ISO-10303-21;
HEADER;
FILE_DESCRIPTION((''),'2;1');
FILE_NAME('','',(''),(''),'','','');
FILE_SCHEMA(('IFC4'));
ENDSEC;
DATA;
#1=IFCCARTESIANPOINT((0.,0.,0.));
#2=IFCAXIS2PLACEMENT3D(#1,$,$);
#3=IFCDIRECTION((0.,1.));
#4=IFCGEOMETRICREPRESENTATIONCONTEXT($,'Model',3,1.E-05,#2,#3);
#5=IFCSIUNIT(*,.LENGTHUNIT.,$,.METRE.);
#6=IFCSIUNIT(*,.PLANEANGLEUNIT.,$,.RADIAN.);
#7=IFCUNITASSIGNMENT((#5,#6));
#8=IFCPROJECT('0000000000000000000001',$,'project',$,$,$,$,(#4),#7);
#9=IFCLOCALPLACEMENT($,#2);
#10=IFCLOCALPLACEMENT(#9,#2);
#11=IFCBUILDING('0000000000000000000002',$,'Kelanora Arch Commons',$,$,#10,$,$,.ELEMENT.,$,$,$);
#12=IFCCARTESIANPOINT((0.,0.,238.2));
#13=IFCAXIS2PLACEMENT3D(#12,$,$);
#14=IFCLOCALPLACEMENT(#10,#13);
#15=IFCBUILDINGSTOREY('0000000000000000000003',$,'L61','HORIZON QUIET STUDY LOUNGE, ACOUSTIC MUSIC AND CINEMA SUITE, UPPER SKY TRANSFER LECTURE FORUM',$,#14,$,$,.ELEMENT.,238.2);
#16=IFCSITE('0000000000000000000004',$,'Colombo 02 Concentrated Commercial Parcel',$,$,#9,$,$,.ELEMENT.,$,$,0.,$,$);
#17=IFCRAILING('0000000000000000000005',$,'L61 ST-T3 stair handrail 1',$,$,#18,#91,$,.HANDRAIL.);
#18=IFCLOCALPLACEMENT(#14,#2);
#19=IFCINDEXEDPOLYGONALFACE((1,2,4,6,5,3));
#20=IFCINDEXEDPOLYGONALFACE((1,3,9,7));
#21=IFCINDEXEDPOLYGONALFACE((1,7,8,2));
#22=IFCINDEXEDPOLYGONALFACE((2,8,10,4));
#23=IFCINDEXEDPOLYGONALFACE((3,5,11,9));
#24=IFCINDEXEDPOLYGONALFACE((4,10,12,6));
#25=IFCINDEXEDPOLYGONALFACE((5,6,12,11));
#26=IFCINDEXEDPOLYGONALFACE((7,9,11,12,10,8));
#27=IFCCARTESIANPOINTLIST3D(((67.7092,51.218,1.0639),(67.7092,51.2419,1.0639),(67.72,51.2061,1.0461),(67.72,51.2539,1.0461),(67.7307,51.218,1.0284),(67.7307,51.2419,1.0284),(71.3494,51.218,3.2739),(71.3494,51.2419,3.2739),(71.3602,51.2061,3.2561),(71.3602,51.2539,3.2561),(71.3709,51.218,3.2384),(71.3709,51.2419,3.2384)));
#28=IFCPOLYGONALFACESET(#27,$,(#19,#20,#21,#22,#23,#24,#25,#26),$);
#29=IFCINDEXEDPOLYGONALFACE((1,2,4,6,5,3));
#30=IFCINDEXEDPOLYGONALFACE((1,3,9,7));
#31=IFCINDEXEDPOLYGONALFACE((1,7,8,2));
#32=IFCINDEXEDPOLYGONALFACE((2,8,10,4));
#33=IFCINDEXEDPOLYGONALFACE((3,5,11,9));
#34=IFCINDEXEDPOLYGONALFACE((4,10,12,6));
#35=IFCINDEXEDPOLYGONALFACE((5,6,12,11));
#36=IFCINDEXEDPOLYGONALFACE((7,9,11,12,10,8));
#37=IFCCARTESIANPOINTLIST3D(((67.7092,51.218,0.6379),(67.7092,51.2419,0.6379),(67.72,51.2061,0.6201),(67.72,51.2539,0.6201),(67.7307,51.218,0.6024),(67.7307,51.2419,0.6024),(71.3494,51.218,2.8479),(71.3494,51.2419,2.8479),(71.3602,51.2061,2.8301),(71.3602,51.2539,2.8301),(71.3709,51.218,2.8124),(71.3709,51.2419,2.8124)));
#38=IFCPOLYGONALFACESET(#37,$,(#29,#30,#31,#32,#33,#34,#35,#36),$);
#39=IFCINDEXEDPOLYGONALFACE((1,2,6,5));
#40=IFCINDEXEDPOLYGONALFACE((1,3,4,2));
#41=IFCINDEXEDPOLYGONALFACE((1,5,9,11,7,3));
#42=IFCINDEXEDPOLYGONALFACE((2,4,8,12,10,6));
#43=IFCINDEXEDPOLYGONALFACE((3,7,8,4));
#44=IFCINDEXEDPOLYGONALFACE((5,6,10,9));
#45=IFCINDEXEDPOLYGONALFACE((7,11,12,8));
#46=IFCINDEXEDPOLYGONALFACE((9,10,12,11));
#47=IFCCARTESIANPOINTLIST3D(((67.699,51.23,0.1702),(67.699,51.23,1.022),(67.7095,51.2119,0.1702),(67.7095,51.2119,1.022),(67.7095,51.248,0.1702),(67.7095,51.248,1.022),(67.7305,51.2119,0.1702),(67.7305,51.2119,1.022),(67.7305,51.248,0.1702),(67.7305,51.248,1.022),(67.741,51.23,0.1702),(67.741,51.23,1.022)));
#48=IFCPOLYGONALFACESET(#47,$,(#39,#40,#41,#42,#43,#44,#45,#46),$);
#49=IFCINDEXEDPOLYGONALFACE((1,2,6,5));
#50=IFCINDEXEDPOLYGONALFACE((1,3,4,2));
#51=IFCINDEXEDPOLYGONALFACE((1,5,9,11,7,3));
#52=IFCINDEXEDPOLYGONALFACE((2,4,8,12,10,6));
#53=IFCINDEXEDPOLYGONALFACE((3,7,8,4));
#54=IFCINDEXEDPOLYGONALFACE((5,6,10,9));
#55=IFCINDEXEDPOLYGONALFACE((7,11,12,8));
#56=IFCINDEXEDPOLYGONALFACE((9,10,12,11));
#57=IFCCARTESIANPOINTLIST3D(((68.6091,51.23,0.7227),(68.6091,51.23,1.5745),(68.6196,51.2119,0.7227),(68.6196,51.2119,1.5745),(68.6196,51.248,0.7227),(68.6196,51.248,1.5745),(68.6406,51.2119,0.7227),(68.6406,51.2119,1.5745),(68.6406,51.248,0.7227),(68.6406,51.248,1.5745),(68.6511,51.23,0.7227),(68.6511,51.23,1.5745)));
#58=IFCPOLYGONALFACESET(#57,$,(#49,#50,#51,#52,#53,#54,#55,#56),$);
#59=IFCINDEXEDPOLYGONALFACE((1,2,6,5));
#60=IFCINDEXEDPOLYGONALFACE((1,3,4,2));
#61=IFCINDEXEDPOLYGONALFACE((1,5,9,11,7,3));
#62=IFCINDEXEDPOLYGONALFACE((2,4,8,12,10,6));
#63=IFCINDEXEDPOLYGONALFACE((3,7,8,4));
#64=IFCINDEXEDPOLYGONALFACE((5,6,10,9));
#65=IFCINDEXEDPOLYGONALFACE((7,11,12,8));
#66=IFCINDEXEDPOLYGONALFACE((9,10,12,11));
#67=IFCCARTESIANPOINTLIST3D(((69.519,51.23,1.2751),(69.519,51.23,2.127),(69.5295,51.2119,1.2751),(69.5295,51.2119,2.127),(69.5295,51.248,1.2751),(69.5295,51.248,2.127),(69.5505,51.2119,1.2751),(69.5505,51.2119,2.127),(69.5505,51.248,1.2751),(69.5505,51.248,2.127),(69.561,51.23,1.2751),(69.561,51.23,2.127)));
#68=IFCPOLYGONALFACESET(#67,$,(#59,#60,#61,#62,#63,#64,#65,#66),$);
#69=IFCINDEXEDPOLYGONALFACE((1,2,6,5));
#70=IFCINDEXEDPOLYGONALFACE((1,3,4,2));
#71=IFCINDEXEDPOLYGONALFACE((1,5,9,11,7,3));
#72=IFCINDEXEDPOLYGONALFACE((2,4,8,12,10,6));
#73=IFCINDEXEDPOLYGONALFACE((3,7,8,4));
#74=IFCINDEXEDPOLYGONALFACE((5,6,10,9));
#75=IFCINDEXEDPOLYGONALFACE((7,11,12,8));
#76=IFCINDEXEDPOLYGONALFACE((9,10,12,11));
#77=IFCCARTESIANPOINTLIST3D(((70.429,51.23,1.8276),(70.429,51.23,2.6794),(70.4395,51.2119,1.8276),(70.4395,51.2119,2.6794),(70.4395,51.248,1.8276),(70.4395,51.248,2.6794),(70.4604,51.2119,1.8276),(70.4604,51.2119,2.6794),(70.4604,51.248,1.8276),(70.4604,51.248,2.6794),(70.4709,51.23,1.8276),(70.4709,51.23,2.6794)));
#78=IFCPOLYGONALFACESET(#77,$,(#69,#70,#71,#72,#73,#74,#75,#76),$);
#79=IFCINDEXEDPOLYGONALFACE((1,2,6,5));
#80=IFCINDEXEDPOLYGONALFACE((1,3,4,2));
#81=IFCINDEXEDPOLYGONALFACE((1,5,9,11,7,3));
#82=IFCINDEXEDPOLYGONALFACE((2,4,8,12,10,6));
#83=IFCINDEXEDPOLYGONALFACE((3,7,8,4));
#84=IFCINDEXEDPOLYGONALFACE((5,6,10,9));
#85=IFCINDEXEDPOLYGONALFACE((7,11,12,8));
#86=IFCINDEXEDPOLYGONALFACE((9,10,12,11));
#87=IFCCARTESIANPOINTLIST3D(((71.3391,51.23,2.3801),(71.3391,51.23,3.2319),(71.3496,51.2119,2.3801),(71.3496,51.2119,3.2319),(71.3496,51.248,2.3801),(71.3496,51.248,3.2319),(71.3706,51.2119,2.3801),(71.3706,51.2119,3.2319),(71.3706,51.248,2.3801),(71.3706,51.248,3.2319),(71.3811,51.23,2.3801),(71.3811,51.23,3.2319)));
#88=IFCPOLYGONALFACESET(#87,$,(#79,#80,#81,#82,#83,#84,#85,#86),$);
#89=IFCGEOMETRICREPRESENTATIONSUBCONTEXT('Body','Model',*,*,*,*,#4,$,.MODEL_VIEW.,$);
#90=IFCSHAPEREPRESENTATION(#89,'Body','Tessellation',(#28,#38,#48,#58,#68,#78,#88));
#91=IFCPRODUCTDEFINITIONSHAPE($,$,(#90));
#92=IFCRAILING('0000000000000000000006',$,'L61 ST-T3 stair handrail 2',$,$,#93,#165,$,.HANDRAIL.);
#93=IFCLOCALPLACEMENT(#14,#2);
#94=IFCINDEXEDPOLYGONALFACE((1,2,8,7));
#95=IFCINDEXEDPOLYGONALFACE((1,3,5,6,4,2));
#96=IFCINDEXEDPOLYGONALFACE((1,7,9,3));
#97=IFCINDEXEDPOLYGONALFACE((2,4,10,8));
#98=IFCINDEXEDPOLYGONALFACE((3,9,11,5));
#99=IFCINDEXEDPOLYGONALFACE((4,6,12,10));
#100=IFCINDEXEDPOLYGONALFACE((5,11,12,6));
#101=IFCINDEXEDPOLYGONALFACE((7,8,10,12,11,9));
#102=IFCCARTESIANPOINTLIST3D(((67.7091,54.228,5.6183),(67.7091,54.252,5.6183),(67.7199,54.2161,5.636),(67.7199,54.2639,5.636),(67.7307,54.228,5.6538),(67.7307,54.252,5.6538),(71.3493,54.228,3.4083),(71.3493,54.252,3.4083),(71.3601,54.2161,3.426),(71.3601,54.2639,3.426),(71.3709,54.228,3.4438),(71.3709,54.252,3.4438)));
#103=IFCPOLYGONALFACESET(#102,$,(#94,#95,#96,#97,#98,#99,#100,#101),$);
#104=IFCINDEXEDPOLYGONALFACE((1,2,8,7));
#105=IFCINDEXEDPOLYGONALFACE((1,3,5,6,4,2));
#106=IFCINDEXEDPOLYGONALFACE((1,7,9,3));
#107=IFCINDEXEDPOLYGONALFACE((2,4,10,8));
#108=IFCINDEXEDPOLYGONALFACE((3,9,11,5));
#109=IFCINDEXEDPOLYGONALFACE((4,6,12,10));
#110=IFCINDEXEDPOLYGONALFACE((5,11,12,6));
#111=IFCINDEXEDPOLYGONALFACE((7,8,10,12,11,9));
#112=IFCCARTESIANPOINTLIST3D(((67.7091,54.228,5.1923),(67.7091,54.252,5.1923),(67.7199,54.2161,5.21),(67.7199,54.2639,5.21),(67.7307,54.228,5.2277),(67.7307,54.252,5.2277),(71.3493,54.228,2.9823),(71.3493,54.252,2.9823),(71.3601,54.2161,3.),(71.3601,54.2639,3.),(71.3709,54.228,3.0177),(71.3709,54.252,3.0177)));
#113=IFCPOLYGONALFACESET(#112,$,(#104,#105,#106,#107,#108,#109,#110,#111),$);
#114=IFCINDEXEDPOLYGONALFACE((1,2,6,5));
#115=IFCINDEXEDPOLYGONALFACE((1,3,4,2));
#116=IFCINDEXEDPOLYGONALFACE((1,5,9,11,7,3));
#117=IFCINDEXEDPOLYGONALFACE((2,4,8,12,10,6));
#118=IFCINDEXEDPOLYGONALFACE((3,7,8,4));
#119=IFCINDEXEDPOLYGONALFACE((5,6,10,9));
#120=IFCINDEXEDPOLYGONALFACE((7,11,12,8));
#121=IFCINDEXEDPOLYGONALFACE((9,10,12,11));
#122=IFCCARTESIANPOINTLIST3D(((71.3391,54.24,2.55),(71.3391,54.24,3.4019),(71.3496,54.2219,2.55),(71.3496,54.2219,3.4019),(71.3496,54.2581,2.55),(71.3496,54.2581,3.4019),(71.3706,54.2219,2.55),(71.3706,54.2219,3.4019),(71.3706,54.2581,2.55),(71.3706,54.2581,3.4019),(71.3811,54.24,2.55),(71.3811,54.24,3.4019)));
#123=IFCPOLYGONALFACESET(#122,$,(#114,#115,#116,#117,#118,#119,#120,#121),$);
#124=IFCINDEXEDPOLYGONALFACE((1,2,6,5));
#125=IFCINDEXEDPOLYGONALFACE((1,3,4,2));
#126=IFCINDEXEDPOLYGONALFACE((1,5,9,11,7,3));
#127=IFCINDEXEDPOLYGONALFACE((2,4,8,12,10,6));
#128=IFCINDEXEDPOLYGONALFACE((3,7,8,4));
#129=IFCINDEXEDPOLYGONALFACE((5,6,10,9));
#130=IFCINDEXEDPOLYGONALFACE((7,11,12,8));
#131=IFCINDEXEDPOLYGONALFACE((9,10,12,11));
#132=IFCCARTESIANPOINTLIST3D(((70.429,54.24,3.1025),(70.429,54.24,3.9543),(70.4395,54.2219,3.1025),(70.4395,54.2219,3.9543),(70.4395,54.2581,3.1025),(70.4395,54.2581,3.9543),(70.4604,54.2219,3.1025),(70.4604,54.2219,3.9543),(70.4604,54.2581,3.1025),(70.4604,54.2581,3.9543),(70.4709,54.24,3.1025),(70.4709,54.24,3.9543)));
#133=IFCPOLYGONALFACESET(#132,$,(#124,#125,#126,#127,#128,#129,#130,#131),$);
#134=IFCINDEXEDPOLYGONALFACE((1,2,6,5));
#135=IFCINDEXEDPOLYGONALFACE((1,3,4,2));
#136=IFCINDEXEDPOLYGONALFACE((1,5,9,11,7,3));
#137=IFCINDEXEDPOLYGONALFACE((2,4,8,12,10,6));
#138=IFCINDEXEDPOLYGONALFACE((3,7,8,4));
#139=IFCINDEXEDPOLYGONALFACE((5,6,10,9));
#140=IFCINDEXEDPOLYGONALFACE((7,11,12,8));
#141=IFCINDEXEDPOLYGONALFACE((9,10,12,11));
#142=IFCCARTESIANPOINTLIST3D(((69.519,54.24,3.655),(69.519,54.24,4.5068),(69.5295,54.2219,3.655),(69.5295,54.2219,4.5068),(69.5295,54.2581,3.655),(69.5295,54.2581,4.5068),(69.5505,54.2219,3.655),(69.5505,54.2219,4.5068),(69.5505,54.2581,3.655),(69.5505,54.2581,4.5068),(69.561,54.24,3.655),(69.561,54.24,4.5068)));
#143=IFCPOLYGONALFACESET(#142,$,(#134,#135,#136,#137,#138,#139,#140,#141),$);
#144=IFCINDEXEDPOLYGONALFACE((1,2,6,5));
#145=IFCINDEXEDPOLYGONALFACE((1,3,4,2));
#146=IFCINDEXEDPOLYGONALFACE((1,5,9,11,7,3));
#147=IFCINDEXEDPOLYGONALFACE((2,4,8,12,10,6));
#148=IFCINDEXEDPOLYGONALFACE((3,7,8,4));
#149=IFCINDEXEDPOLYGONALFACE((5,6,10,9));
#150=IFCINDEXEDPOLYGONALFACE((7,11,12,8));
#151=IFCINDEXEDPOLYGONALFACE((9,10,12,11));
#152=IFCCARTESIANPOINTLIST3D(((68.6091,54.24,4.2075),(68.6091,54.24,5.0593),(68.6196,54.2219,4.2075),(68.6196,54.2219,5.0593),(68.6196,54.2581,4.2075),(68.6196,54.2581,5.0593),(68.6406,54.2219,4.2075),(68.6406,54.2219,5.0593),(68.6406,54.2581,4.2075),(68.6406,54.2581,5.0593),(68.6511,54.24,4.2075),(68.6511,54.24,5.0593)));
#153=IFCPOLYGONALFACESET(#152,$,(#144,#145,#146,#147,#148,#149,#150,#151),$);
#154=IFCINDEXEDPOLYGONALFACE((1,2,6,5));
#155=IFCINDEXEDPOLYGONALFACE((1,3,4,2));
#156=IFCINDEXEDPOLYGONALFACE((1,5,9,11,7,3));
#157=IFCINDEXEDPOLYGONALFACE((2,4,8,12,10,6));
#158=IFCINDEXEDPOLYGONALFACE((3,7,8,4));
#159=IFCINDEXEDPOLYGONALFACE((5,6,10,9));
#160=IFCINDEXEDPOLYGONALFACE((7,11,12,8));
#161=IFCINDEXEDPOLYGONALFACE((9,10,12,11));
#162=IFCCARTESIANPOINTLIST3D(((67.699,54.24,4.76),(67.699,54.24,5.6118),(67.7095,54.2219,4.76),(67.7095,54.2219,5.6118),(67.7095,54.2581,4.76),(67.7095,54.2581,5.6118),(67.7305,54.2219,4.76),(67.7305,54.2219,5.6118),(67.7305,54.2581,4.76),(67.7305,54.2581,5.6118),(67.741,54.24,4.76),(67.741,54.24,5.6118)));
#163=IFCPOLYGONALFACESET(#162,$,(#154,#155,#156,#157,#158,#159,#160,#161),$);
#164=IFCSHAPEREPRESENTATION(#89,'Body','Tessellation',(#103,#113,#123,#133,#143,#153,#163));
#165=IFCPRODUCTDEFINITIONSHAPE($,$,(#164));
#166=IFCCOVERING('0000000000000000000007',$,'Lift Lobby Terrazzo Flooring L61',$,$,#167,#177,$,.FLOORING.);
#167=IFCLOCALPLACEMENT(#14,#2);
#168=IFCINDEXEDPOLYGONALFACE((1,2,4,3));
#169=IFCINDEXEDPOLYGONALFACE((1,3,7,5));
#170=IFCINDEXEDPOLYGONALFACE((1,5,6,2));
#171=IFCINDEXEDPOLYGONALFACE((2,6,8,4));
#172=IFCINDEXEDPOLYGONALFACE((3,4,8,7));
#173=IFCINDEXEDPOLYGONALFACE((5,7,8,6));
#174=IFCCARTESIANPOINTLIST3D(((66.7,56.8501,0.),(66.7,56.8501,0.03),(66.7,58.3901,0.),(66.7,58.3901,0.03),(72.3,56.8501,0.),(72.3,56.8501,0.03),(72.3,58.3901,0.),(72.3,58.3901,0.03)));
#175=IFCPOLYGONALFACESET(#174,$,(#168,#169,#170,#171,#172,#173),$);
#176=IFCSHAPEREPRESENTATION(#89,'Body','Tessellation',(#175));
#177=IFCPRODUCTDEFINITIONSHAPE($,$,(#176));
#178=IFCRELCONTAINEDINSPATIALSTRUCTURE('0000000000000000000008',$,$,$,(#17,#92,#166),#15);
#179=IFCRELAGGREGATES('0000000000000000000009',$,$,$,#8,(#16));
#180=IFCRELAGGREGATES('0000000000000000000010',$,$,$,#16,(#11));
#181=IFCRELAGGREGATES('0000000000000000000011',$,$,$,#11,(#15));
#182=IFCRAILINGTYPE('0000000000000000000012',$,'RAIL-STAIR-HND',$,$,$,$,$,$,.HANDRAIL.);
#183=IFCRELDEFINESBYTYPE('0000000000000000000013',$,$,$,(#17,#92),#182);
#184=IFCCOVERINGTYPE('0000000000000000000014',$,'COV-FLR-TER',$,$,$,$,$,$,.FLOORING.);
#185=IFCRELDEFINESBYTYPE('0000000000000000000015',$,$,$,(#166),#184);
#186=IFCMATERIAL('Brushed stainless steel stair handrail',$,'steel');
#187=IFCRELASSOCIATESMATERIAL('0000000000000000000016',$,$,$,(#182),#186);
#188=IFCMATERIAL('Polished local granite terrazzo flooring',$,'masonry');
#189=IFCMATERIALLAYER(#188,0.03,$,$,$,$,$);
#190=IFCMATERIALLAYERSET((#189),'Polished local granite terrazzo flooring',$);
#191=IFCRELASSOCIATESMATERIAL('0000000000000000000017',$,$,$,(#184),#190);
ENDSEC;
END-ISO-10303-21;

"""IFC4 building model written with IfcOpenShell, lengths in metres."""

from ifc_helpers import new_model, si_unit, direction, frame, origin, origin_2d, place, context, subcontext, project, spatial, polyline, rectangle, outline, extrude, source, transform, mapped, material, layer, layer_set, type_object, element, save


model = new_model("IFC4")

# Units and contexts
model_context = context("Model", 3, precision=1e-05, world=origin(), true_north=direction((0.0, 1.0)))
body_context = subcontext(model_context, "Body", "Model", "MODEL_VIEW")
ifc_project = project(units=[si_unit("LENGTHUNIT", "METRE"), si_unit("PLANEANGLEUNIT", "RADIAN")], contexts=[model_context])

# Site, building, storey
site_placement = place(None, origin())
site = spatial("IfcSite", under=ifc_project, at=site_placement, Name="Colombo 02 Concentrated Commercial Parcel", CompositionType="ELEMENT", RefElevation=0.0)
building_placement = place(site_placement, origin())
building = spatial("IfcBuilding", under=site, at=building_placement, Name="Kelanora Arch Commons", CompositionType="ELEMENT")
storey_placement = place(building_placement, frame((0.0, 0.0, 238.2)))
storey = spatial("IfcBuildingStorey", under=building, at=storey_placement, Name="L61", Description="HORIZON QUIET STUDY LOUNGE, ACOUSTIC MUSIC AND CINEMA SUITE, UPPER SKY TRANSFER LECTURE FORUM", CompositionType="ELEMENT", Elevation=238.2)

# Railings
ifc_material_1 = material(Name="Brushed stainless steel stair handrail", Category="steel")
railing_type_1 = type_object("IfcRailingType", Name="RAIL-STAIR-HND", PredefinedType="HANDRAIL", material=ifc_material_1)
railing_1_placement = place(storey_placement, frame((67.72, 51.23, 0.1702)))
element("IfcRailing", 1, at=railing_1_placement, inside=storey, type_object=railing_type_1, Name="L61 ST-T3 stair handrail 1", PredefinedType="HANDRAIL", context=body_context, shape_type="SweptSolid", body=[
    extrude(outline(polyline([(0.0239, 0.0), (0.012, 0.0208), (-0.012, 0.0208), (-0.0239, 0.0), (-0.012, -0.0208), (0.012, -0.0208), (0.0239, 0.0)])), frame((0.0, 0.0, 0.876), z_axis=(0.8548, 0.0, 0.518957), x_axis=(0.0, 1.0, 0.0)), (0.0, 0.0, 1.0), 4.2585),
    extrude(outline(polyline([(0.0239, 0.0), (0.012, 0.0208), (-0.012, 0.0208), (-0.0239, 0.0), (-0.012, -0.0208), (0.012, -0.0208), (0.0239, 0.0)])), frame((0.0, 0.0, 0.45), z_axis=(0.8548, 0.0, 0.518957), x_axis=(0.0, 1.0, 0.0)), (0.0, 0.0, 1.0), 4.2585),
    extrude(outline(polyline([(0.021, 0.0), (0.0105, 0.0181), (-0.0105, 0.0181), (-0.021, 0.0), (-0.0105, -0.0181), (0.0105, -0.0181), (0.021, 0.0)])), origin(), (0.0, 0.0, 1.0), 0.8518),
    extrude(outline(polyline([(0.021, 0.0), (0.0105, 0.0181), (-0.0105, 0.0181), (-0.021, 0.0), (-0.0105, -0.0181), (0.0105, -0.0181), (0.021, 0.0)])), frame((0.9102, 0.0, 0.5525)), (0.0, 0.0, 1.0), 0.8518),
    extrude(outline(polyline([(0.021, 0.0), (0.0105, 0.0181), (-0.0105, 0.0181), (-0.021, 0.0), (-0.0105, -0.0181), (0.0105, -0.0181), (0.021, 0.0)])), frame((1.8201, 0.0, 1.105)), (0.0, 0.0, 1.0), 0.8518),
    extrude(outline(polyline([(0.021, 0.0), (0.0105, 0.0181), (-0.0105, 0.0181), (-0.021, 0.0), (-0.0105, -0.0181), (0.0105, -0.0181), (0.021, 0.0)])), frame((2.73, 0.0, 1.6575)), (0.0, 0.0, 1.0), 0.8518),
    extrude(outline(polyline([(0.021, 0.0), (0.0105, 0.0181), (-0.0105, 0.0181), (-0.021, 0.0), (-0.0105, -0.0181), (0.0105, -0.0181), (0.021, 0.0)])), frame((3.6401, 0.0, 2.21)), (0.0, 0.0, 1.0), 0.8518),
])
railing_2_placement = place(storey_placement, frame((71.3601, 54.24, 2.55)))
element("IfcRailing", 2, at=railing_2_placement, inside=storey, type_object=railing_type_1, Name="L61 ST-T3 stair handrail 2", PredefinedType="HANDRAIL", context=body_context, shape_type="SweptSolid", body=[
    extrude(outline(polyline([(0.0239, 0.0), (0.012, 0.0208), (-0.012, 0.0208), (-0.0239, 0.0), (-0.012, -0.0208), (0.012, -0.0208), (0.0239, 0.0)])), frame((0.0, 0.0, 0.876), z_axis=(-0.8548, 0.0, 0.518957), x_axis=(0.0, -1.0, 0.0)), (0.0, 0.0, 1.0), 4.2585),
    extrude(outline(polyline([(0.0239, 0.0), (0.012, 0.0208), (-0.012, 0.0208), (-0.0239, 0.0), (-0.012, -0.0208), (0.012, -0.0208), (0.0239, 0.0)])), frame((0.0, 0.0, 0.45), z_axis=(-0.8548, 0.0, 0.518957), x_axis=(0.0, -1.0, 0.0)), (0.0, 0.0, 1.0), 4.2585),
    extrude(outline(polyline([(0.021, 0.0), (0.0105, 0.0181), (-0.0105, 0.0181), (-0.021, 0.0), (-0.0105, -0.0181), (0.0105, -0.0181), (0.021, 0.0)])), origin(), (0.0, 0.0, 1.0), 0.8518),
    extrude(outline(polyline([(0.021, 0.0), (0.0105, 0.0181), (-0.0105, 0.0181), (-0.021, 0.0), (-0.0105, -0.0181), (0.0105, -0.0181), (0.021, 0.0)])), frame((-0.9102, 0.0, 0.5525)), (0.0, 0.0, 1.0), 0.8518),
    extrude(outline(polyline([(0.021, 0.0), (0.0105, 0.0181), (-0.0105, 0.0181), (-0.021, 0.0), (-0.0105, -0.0181), (0.0105, -0.0181), (0.021, 0.0)])), frame((-1.8201, 0.0, 1.105)), (0.0, 0.0, 1.0), 0.8518),
    extrude(outline(polyline([(0.021, 0.0), (0.0105, 0.0181), (-0.0105, 0.0181), (-0.021, 0.0), (-0.0105, -0.0181), (0.0105, -0.0181), (0.021, 0.0)])), frame((-2.73, 0.0, 1.6575)), (0.0, 0.0, 1.0), 0.8518),
    extrude(outline(polyline([(0.021, 0.0), (0.0105, 0.0181), (-0.0105, 0.0181), (-0.021, 0.0), (-0.0105, -0.0181), (0.0105, -0.0181), (0.021, 0.0)])), frame((-3.6401, 0.0, 2.21)), (0.0, 0.0, 1.0), 0.8518),
])

# Covering
ifc_material_2 = material(Name="Polished local granite terrazzo flooring", Category="masonry")
ifc_layer_1 = layer(ifc_material_2, 0.03)
ifc_layer_set_1 = layer_set([ifc_layer_1], Name="Polished local granite terrazzo flooring")
covering_type = type_object("IfcCoveringType", Name="COV-FLR-TER", PredefinedType="FLOORING", material=ifc_layer_set_1)
shared_shape = source(origin(), body_context, "Body", "SweptSolid", [
    extrude(rectangle(XDim=5.6001, YDim=1.54, at=origin_2d()), origin(), (0.0, 0.0, 1.0), 0.03),
])
covering_placement = place(storey_placement, frame((69.5, 57.6201, 0.0), z_axis=(0.0, 0.0, 1.0), x_axis=(1.0, 0.0, 0.0)))
element("IfcCovering", 3, at=covering_placement, inside=storey, type_object=covering_type, Name="Lift Lobby Terrazzo Flooring L61", PredefinedType="FLOORING", context=body_context, shape_type="MappedRepresentation", body=[
    mapped(shared_shape, transform((0.0, 0.0, 0.0), scale=1.0)),
])

save(model, "model.ifc")
